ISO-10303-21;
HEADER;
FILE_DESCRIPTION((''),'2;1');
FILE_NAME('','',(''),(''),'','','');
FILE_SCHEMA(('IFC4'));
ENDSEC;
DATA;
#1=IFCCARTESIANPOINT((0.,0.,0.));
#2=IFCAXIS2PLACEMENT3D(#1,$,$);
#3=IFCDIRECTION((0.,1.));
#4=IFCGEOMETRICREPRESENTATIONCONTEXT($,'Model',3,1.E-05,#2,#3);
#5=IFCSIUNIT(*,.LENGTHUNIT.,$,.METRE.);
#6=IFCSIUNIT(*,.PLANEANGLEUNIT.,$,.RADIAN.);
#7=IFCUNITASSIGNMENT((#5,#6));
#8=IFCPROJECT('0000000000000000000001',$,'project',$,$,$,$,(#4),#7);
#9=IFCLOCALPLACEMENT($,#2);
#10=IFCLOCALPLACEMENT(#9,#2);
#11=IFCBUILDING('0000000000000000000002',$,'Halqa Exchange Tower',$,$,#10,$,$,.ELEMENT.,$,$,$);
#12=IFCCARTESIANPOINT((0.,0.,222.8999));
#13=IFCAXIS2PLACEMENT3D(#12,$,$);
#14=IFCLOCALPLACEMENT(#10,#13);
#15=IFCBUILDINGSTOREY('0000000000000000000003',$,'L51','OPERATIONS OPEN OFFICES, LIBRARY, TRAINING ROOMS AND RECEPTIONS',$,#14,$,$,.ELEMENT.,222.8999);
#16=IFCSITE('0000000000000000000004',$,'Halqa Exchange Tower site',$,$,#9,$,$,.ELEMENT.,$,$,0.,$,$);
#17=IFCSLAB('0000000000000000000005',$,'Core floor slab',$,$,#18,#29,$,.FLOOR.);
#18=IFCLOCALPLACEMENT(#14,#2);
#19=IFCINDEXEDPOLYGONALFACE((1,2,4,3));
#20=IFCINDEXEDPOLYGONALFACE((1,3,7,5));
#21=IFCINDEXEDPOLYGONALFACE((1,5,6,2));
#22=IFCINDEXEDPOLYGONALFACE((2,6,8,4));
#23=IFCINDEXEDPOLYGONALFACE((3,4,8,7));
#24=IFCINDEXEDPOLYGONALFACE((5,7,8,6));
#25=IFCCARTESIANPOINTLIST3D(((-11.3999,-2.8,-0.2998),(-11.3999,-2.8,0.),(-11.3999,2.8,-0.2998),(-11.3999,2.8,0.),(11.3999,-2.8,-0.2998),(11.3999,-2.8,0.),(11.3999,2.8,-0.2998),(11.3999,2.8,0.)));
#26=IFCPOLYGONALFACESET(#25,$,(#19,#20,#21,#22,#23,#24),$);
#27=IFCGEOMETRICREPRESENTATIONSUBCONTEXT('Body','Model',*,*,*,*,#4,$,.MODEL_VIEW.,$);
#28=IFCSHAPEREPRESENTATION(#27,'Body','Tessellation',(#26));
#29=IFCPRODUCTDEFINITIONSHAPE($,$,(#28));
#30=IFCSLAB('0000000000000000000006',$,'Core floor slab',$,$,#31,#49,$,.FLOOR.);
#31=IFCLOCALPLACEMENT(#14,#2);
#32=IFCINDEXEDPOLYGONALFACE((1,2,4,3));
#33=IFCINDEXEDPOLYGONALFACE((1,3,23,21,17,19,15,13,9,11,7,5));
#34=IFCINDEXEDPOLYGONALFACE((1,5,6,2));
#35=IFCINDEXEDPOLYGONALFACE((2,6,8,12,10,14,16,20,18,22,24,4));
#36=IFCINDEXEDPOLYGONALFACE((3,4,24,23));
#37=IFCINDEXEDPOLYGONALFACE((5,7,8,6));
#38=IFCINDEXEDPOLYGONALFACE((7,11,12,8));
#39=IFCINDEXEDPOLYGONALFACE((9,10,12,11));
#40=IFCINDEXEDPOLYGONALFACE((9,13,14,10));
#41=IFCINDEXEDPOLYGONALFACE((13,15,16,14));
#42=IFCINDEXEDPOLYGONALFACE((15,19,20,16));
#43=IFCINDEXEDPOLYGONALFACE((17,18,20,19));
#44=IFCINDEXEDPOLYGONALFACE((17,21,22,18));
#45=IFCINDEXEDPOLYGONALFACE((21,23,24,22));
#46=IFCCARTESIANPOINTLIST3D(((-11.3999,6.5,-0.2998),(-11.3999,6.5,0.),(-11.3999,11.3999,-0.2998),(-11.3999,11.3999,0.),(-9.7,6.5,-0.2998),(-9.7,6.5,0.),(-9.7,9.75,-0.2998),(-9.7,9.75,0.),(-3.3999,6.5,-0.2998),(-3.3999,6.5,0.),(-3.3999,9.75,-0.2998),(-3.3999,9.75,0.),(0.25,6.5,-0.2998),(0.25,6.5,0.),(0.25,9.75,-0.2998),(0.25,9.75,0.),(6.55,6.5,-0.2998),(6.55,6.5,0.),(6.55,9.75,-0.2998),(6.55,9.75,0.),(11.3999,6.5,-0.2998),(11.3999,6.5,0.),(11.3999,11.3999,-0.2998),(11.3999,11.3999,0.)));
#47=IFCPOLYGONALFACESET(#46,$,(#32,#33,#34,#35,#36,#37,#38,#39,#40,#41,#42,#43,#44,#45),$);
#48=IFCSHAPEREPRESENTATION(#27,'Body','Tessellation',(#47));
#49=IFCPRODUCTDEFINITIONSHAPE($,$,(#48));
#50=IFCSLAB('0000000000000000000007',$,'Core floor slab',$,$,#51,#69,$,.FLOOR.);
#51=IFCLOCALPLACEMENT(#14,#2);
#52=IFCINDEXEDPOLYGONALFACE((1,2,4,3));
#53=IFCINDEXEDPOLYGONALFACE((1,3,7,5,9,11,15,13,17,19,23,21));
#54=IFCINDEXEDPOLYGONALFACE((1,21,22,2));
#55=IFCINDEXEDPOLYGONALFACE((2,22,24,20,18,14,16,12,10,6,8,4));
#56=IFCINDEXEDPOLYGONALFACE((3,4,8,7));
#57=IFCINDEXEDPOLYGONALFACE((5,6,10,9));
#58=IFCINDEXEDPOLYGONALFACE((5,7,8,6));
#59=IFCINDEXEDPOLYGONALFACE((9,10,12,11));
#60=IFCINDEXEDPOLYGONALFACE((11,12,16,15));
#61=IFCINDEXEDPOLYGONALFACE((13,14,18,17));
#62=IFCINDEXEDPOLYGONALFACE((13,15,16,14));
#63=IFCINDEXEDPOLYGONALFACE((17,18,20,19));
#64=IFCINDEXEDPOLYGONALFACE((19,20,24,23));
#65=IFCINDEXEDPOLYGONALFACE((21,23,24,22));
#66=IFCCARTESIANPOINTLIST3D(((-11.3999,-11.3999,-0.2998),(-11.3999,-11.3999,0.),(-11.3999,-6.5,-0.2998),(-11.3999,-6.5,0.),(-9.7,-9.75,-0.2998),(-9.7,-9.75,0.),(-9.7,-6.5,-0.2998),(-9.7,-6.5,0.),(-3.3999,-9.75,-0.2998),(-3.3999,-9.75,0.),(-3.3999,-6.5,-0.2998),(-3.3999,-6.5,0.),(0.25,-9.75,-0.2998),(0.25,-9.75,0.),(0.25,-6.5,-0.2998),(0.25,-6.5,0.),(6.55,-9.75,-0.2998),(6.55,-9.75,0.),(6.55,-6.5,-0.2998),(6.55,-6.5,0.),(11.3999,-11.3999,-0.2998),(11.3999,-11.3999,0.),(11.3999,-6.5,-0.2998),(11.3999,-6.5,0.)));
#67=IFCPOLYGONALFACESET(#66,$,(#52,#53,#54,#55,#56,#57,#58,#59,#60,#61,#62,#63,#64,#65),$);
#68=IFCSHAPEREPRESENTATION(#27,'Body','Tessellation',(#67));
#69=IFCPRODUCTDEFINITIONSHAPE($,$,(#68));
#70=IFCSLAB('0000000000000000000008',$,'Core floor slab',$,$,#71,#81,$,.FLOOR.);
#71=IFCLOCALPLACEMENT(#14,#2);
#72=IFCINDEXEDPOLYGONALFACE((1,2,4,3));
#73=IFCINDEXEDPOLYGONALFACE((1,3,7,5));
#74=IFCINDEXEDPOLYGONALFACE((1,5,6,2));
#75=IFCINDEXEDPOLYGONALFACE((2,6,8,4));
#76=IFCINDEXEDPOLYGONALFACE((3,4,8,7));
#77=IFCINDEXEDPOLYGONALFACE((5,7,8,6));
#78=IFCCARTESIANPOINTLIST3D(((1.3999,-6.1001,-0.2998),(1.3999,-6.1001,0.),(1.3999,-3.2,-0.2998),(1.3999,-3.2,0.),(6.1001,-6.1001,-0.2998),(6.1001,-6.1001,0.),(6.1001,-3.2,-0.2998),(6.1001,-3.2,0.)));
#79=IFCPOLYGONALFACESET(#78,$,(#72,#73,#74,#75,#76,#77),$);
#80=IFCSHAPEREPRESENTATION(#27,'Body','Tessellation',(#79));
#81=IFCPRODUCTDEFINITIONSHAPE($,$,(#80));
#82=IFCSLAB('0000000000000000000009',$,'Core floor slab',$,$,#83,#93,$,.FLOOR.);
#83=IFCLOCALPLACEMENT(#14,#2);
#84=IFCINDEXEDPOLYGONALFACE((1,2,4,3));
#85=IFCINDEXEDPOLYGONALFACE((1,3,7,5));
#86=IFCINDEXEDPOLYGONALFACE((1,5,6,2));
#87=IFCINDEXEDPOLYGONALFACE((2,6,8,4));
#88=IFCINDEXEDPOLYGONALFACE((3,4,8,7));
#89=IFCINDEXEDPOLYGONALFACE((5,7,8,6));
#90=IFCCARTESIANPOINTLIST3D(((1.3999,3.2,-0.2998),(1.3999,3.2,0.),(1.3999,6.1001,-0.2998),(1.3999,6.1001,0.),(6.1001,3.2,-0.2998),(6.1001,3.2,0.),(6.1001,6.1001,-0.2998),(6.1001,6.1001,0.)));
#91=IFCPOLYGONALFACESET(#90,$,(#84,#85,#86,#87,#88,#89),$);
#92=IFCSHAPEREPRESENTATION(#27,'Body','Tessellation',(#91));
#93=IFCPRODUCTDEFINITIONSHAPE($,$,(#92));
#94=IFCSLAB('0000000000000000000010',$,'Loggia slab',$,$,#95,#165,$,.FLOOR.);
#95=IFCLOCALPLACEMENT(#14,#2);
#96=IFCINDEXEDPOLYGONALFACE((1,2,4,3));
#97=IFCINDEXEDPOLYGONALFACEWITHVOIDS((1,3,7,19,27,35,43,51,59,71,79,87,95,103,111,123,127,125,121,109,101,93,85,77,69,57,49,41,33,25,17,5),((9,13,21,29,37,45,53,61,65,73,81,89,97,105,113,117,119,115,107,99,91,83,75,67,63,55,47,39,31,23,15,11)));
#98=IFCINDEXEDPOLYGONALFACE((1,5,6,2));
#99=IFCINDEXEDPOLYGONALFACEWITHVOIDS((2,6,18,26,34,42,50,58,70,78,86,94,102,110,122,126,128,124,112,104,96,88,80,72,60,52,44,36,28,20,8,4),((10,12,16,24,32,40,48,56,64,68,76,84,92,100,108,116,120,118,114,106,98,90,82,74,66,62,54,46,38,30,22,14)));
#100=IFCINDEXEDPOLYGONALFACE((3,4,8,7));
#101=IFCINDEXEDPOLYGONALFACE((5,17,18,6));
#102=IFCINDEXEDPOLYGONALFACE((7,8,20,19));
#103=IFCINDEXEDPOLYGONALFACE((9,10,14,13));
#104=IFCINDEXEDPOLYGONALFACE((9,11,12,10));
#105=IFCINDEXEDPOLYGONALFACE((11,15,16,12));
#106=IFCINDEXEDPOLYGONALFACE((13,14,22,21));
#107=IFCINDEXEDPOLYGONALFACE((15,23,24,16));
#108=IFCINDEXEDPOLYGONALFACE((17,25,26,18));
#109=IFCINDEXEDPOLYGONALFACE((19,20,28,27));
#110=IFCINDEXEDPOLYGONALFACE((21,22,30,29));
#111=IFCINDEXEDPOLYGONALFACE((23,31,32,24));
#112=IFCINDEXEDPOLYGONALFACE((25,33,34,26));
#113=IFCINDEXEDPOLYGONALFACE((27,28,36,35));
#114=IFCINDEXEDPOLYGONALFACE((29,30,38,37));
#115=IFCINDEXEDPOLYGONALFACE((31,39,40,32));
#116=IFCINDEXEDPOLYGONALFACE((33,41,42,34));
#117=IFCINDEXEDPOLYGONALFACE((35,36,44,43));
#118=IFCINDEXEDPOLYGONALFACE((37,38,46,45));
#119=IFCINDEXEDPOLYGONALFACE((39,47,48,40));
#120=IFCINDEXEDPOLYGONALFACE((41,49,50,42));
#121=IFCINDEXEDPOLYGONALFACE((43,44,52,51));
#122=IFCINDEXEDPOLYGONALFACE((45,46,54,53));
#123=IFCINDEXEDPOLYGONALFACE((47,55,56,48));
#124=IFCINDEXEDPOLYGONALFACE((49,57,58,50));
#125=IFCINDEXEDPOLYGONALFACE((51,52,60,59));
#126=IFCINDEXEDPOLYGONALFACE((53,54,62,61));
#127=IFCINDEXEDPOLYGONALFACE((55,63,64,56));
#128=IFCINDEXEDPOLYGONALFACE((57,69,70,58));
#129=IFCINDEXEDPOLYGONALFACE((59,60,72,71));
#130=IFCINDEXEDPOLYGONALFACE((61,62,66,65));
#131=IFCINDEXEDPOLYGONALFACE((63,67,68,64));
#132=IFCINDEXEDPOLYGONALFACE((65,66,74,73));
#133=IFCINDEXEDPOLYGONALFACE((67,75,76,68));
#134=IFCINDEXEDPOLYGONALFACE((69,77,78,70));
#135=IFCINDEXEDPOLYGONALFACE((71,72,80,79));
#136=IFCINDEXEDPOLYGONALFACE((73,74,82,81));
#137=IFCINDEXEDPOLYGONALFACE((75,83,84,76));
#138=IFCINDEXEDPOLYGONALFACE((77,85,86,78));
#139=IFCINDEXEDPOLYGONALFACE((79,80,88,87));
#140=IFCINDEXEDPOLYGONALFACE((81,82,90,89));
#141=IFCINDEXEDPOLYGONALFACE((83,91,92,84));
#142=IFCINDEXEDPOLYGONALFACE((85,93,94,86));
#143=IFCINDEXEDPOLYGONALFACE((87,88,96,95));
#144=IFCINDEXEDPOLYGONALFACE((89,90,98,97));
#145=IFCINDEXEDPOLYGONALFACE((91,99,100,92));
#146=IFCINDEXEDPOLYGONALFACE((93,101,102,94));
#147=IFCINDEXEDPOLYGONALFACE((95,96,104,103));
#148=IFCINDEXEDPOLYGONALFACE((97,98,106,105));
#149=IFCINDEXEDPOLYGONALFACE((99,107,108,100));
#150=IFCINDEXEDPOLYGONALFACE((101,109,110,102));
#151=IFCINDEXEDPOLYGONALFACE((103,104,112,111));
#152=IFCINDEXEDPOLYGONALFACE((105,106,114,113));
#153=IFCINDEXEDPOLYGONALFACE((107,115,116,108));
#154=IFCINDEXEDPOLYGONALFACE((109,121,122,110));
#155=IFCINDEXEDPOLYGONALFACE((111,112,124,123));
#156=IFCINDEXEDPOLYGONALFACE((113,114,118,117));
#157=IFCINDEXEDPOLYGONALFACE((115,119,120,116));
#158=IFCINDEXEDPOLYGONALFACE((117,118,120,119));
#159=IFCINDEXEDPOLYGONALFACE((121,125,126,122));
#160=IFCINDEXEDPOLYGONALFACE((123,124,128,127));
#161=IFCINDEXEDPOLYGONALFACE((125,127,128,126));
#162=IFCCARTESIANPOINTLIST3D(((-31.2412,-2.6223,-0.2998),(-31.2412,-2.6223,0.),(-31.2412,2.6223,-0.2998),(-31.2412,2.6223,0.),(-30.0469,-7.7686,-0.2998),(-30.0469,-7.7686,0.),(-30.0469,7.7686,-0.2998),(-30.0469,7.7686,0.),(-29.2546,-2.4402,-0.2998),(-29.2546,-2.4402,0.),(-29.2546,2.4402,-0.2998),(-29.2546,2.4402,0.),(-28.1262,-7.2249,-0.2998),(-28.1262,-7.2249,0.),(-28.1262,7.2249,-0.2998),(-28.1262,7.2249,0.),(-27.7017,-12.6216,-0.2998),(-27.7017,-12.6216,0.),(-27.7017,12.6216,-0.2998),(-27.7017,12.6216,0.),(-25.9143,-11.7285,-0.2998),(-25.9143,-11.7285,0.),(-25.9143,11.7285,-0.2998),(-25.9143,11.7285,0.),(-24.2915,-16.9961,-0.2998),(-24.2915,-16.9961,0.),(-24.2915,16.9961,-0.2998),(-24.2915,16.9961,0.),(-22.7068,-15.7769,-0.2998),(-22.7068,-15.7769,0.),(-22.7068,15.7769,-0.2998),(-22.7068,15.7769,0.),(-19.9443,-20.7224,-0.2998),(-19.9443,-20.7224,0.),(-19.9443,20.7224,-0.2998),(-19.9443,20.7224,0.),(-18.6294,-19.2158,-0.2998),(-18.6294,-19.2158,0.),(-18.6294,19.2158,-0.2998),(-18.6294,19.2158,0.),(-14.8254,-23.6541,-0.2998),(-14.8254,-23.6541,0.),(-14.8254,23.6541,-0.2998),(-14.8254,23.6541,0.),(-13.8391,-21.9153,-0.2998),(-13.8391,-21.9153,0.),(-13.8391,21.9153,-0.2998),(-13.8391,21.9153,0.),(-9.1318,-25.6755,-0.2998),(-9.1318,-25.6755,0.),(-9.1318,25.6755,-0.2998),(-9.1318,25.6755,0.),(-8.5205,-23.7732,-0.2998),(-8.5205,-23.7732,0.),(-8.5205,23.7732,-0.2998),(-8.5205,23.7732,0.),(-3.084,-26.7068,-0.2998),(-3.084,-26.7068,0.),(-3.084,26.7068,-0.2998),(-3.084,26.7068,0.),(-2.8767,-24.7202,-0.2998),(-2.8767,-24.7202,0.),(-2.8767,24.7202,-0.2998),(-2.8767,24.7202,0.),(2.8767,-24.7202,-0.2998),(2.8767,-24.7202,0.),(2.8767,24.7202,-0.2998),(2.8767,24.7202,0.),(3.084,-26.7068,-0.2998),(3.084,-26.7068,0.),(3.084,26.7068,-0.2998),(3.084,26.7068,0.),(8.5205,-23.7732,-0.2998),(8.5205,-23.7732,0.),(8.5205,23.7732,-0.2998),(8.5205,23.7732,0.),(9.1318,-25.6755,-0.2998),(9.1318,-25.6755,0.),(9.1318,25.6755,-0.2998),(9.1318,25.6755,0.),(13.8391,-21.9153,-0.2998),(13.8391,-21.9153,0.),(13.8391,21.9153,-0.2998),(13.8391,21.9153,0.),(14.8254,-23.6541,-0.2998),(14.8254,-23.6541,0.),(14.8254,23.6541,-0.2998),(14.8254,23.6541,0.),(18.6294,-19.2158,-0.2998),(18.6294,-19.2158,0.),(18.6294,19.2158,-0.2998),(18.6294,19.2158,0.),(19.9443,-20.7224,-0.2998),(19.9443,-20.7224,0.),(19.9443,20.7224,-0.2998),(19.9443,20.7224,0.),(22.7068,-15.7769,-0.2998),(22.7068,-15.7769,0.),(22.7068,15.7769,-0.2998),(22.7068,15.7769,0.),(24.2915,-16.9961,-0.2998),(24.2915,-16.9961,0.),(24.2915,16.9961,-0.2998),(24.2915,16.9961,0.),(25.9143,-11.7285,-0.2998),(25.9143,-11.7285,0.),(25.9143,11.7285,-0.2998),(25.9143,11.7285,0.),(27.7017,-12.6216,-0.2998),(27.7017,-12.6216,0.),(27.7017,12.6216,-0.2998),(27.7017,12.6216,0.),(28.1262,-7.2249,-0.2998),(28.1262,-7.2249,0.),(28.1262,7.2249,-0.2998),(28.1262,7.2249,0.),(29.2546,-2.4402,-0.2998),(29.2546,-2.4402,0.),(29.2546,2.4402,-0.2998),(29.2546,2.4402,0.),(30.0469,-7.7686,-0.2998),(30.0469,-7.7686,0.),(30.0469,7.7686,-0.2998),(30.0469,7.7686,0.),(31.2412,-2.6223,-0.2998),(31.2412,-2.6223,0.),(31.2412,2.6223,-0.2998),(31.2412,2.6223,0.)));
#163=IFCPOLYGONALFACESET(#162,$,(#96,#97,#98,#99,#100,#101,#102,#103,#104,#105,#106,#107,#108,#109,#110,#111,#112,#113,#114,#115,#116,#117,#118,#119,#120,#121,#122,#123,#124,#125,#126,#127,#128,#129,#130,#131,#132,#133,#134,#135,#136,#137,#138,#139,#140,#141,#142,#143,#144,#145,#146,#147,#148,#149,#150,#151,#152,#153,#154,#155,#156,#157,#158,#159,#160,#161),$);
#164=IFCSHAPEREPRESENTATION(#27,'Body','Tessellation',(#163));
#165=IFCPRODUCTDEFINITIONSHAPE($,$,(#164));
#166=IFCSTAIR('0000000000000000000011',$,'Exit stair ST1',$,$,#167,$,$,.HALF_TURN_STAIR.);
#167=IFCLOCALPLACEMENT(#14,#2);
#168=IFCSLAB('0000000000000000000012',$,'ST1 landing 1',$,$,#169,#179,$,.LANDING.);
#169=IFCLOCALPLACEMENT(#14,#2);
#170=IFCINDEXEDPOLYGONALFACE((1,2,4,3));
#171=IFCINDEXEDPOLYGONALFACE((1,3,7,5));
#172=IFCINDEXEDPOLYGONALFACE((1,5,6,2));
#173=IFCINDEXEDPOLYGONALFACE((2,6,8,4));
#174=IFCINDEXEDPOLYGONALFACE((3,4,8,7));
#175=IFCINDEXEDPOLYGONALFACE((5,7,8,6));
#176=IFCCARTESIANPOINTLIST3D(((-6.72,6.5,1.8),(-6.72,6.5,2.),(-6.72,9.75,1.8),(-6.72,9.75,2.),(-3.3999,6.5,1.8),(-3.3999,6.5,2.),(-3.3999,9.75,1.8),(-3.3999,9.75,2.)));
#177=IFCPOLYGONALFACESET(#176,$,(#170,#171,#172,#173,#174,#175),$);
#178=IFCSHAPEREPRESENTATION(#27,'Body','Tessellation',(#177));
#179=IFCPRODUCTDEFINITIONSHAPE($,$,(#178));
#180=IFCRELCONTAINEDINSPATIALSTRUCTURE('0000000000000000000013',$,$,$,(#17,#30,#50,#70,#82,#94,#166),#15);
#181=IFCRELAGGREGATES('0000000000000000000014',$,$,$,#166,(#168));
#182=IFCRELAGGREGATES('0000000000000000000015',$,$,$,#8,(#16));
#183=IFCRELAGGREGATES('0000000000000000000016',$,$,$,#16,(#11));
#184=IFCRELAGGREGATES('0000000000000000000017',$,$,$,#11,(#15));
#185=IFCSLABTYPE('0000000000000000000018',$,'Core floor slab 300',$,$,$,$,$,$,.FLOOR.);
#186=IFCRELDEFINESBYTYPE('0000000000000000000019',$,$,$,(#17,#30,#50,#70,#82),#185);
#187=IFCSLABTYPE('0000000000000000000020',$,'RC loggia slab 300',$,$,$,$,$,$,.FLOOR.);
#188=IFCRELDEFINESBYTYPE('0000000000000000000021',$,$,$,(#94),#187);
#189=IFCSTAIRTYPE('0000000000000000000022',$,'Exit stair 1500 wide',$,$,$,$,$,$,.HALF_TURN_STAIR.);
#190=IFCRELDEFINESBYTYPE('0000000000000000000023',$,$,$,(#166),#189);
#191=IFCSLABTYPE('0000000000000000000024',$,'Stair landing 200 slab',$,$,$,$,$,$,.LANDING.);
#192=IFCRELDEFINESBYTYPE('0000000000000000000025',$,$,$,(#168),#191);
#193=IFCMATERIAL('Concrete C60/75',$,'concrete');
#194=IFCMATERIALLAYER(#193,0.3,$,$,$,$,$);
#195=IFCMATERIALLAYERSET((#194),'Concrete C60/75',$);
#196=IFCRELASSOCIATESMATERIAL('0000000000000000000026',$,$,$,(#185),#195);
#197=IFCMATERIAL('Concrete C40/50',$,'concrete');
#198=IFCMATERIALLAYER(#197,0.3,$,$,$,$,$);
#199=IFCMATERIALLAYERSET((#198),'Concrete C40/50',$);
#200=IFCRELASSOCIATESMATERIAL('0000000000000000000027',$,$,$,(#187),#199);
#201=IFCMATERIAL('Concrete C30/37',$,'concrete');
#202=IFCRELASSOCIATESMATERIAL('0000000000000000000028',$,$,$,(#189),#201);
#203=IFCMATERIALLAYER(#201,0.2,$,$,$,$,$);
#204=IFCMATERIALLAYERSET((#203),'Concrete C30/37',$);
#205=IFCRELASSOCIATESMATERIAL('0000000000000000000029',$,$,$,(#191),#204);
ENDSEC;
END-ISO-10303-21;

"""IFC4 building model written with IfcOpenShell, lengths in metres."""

from ifc_helpers import new_model, si_unit, direction, frame, origin, place, context, subcontext, project, spatial, polyline, outline, extrude, material, layer, layer_set, type_object, element, aggregate, save


model = new_model("IFC4")

# Units and contexts
model_context = context("Model", 3, precision=1e-05, world=origin(), true_north=direction((0.0, 1.0)))
body_context = subcontext(model_context, "Body", "Model", "MODEL_VIEW")
ifc_project = project(units=[si_unit("LENGTHUNIT", "METRE"), si_unit("PLANEANGLEUNIT", "RADIAN")], contexts=[model_context])

# Site, building, storey
site_placement = place(None, origin())
site = spatial("IfcSite", under=ifc_project, at=site_placement, Name="Halqa Exchange Tower site", CompositionType="ELEMENT", RefElevation=0.0)
building_placement = place(site_placement, origin())
building = spatial("IfcBuilding", under=site, at=building_placement, Name="Halqa Exchange Tower", CompositionType="ELEMENT")
storey_placement = place(building_placement, frame((0.0, 0.0, 222.8999)))
storey = spatial("IfcBuildingStorey", under=building, at=storey_placement, Name="L51", Description="OPERATIONS OPEN OFFICES, LIBRARY, TRAINING ROOMS AND RECEPTIONS", CompositionType="ELEMENT", Elevation=222.8999)

# Slabs
ifc_material_1 = material(Name="Concrete C60/75", Category="concrete")
ifc_layer_1 = layer(ifc_material_1, 0.3)
ifc_layer_set_1 = layer_set([ifc_layer_1], Name="Concrete C60/75")
slab_type_1 = type_object("IfcSlabType", Name="Core floor slab 300", PredefinedType="FLOOR", material=ifc_layer_set_1)
slab_1_placement = place(storey_placement, frame((0.0, 0.0, -0.2998)))
element("IfcSlab", 1, at=slab_1_placement, inside=storey, type_object=slab_type_1, Name="Core floor slab", PredefinedType="FLOOR", context=body_context, shape_type="SweptSolid", body=[
    extrude(outline(polyline([(-11.3999, 2.8), (11.3999, 2.8), (11.3999, -2.8), (-11.3999, -2.8), (-11.3999, 2.8)])), origin(), (0.0, 0.0, 1.0), 0.2998),
])
slab_2_placement = place(storey_placement, frame((0.0, 0.0, -0.2998)))
element("IfcSlab", 2, at=slab_2_placement, inside=storey, type_object=slab_type_1, Name="Core floor slab", PredefinedType="FLOOR", context=body_context, shape_type="SweptSolid", body=[
    extrude(outline(polyline([(-11.3999, 11.3999), (11.3999, 11.3999), (11.3999, 6.5), (6.55, 6.5), (6.55, 9.75), (0.25, 9.75), (0.25, 6.5), (-3.3999, 6.5), (-3.3999, 9.75), (-9.7, 9.75), (-9.7, 6.5), (-11.3999, 6.5), (-11.3999, 11.3999)])), origin(), (0.0, 0.0, 1.0), 0.2998),
])
slab_3_placement = place(storey_placement, frame((0.0, 0.0, -0.2998)))
element("IfcSlab", 3, at=slab_3_placement, inside=storey, type_object=slab_type_1, Name="Core floor slab", PredefinedType="FLOOR", context=body_context, shape_type="SweptSolid", body=[
    extrude(outline(polyline([(-9.7, -9.75), (-3.3999, -9.75), (-3.3999, -6.5), (0.25, -6.5), (0.25, -9.75), (6.55, -9.75), (6.55, -6.5), (11.3999, -6.5), (11.3999, -11.3999), (-11.3999, -11.3999), (-11.3999, -6.5), (-9.7, -6.5), (-9.7, -9.75)])), origin(), (0.0, 0.0, 1.0), 0.2998),
])
slab_4_placement = place(storey_placement, frame((0.0, 0.0, -0.2998)))
element("IfcSlab", 4, at=slab_4_placement, inside=storey, type_object=slab_type_1, Name="Core floor slab", PredefinedType="FLOOR", context=body_context, shape_type="SweptSolid", body=[
    extrude(outline(polyline([(6.1001, -3.2), (6.1001, -6.1001), (1.3999, -6.1001), (1.3999, -3.2), (6.1001, -3.2)])), origin(), (0.0, 0.0, 1.0), 0.2998),
])
slab_5_placement = place(storey_placement, frame((0.0, 0.0, -0.2998)))
element("IfcSlab", 5, at=slab_5_placement, inside=storey, type_object=slab_type_1, Name="Core floor slab", PredefinedType="FLOOR", context=body_context, shape_type="SweptSolid", body=[
    extrude(outline(polyline([(6.1001, 6.1001), (6.1001, 3.2), (1.3999, 3.2), (1.3999, 6.1001), (6.1001, 6.1001)])), origin(), (0.0, 0.0, 1.0), 0.2998),
])
ifc_material_2 = material(Name="Concrete C40/50", Category="concrete")
ifc_layer_2 = layer(ifc_material_2, 0.3)
ifc_layer_set_2 = layer_set([ifc_layer_2], Name="Concrete C40/50")
slab_type_2 = type_object("IfcSlabType", Name="RC loggia slab 300", PredefinedType="FLOOR", material=ifc_layer_set_2)
slab_6_placement = place(storey_placement, frame((0.0, 0.0, -0.2998)))
element("IfcSlab", 6, at=slab_6_placement, inside=storey, type_object=slab_type_2, Name="Loggia slab", PredefinedType="FLOOR", context=body_context, shape_type="SweptSolid", body=[
    extrude(outline(polyline([(31.2412, 2.6223), (31.2412, -2.6223), (30.0469, -7.7686), (27.7017, -12.6216), (24.2915, -16.9961), (19.9443, -20.7224), (14.8254, -23.6541), (9.1318, -25.6755), (3.084, -26.7068), (-3.084, -26.7068), (-9.1318, -25.6755), (-14.8254, -23.6541), (-19.9443, -20.7224), (-24.2915, -16.9961), (-27.7017, -12.6216), (-30.0469, -7.7686), (-31.2412, -2.6223), (-31.2412, 2.6223), (-30.0469, 7.7686), (-27.7017, 12.6216), (-24.2915, 16.9961), (-19.9443, 20.7224), (-14.8254, 23.6541), (-9.1318, 25.6755), (-3.084, 26.7068), (3.084, 26.7068), (9.1318, 25.6755), (14.8254, 23.6541), (19.9443, 20.7224), (24.2915, 16.9961), (27.7017, 12.6216), (30.0469, 7.7686), (31.2412, 2.6223)]), holes=[polyline([(29.2546, 2.4402), (28.1262, 7.2249), (25.9143, 11.7285), (22.7068, 15.7769), (18.6294, 19.2158), (13.8391, 21.9153), (8.5205, 23.7732), (2.8767, 24.7202), (-2.8767, 24.7202), (-8.5205, 23.7732), (-13.8391, 21.9153), (-18.6294, 19.2158), (-22.7068, 15.7769), (-25.9143, 11.7285), (-28.1262, 7.2249), (-29.2546, 2.4402), (-29.2546, -2.4402), (-28.1262, -7.2249), (-25.9143, -11.7285), (-22.7068, -15.7769), (-18.6294, -19.2158), (-13.8391, -21.9153), (-8.5205, -23.7732), (-2.8767, -24.7202), (2.8767, -24.7202), (8.5205, -23.7732), (13.8391, -21.9153), (18.6294, -19.2158), (22.7068, -15.7769), (25.9143, -11.7285), (28.1262, -7.2249), (29.2546, -2.4402), (29.2546, 2.4402)])]), origin(), (0.0, 0.0, 1.0), 0.2998),
])

# Stair, slab
ifc_material_3 = material(Name="Concrete C30/37", Category="concrete")
stair_type = type_object("IfcStairType", Name="Exit stair 1500 wide", PredefinedType="HALF_TURN_STAIR", material=ifc_material_3)
stair_1_placement = place(storey_placement, origin())
stair_1 = element("IfcStair", 7, at=stair_1_placement, inside=storey, type_object=stair_type, Name="Exit stair ST1", PredefinedType="HALF_TURN_STAIR")
ifc_layer_3 = layer(ifc_material_3, 0.2)
ifc_layer_set_3 = layer_set([ifc_layer_3], Name="Concrete C30/37")
slab_type_3 = type_object("IfcSlabType", Name="Stair landing 200 slab", PredefinedType="LANDING", material=ifc_layer_set_3)
slab_7_placement = place(storey_placement, frame((0.0, 0.0, 1.8)))
slab_7 = element("IfcSlab", 8, at=slab_7_placement, type_object=slab_type_3, Name="ST1 landing 1", PredefinedType="LANDING", context=body_context, shape_type="SweptSolid", body=[
    extrude(outline(polyline([(-6.72, 6.5), (-3.3999, 6.5), (-3.3999, 9.75), (-6.72, 9.75), (-6.72, 6.5)])), origin(), (0.0, 0.0, 1.0), 0.2),
])
aggregate(stair_1, [slab_7])

save(model, "model.ifc")
